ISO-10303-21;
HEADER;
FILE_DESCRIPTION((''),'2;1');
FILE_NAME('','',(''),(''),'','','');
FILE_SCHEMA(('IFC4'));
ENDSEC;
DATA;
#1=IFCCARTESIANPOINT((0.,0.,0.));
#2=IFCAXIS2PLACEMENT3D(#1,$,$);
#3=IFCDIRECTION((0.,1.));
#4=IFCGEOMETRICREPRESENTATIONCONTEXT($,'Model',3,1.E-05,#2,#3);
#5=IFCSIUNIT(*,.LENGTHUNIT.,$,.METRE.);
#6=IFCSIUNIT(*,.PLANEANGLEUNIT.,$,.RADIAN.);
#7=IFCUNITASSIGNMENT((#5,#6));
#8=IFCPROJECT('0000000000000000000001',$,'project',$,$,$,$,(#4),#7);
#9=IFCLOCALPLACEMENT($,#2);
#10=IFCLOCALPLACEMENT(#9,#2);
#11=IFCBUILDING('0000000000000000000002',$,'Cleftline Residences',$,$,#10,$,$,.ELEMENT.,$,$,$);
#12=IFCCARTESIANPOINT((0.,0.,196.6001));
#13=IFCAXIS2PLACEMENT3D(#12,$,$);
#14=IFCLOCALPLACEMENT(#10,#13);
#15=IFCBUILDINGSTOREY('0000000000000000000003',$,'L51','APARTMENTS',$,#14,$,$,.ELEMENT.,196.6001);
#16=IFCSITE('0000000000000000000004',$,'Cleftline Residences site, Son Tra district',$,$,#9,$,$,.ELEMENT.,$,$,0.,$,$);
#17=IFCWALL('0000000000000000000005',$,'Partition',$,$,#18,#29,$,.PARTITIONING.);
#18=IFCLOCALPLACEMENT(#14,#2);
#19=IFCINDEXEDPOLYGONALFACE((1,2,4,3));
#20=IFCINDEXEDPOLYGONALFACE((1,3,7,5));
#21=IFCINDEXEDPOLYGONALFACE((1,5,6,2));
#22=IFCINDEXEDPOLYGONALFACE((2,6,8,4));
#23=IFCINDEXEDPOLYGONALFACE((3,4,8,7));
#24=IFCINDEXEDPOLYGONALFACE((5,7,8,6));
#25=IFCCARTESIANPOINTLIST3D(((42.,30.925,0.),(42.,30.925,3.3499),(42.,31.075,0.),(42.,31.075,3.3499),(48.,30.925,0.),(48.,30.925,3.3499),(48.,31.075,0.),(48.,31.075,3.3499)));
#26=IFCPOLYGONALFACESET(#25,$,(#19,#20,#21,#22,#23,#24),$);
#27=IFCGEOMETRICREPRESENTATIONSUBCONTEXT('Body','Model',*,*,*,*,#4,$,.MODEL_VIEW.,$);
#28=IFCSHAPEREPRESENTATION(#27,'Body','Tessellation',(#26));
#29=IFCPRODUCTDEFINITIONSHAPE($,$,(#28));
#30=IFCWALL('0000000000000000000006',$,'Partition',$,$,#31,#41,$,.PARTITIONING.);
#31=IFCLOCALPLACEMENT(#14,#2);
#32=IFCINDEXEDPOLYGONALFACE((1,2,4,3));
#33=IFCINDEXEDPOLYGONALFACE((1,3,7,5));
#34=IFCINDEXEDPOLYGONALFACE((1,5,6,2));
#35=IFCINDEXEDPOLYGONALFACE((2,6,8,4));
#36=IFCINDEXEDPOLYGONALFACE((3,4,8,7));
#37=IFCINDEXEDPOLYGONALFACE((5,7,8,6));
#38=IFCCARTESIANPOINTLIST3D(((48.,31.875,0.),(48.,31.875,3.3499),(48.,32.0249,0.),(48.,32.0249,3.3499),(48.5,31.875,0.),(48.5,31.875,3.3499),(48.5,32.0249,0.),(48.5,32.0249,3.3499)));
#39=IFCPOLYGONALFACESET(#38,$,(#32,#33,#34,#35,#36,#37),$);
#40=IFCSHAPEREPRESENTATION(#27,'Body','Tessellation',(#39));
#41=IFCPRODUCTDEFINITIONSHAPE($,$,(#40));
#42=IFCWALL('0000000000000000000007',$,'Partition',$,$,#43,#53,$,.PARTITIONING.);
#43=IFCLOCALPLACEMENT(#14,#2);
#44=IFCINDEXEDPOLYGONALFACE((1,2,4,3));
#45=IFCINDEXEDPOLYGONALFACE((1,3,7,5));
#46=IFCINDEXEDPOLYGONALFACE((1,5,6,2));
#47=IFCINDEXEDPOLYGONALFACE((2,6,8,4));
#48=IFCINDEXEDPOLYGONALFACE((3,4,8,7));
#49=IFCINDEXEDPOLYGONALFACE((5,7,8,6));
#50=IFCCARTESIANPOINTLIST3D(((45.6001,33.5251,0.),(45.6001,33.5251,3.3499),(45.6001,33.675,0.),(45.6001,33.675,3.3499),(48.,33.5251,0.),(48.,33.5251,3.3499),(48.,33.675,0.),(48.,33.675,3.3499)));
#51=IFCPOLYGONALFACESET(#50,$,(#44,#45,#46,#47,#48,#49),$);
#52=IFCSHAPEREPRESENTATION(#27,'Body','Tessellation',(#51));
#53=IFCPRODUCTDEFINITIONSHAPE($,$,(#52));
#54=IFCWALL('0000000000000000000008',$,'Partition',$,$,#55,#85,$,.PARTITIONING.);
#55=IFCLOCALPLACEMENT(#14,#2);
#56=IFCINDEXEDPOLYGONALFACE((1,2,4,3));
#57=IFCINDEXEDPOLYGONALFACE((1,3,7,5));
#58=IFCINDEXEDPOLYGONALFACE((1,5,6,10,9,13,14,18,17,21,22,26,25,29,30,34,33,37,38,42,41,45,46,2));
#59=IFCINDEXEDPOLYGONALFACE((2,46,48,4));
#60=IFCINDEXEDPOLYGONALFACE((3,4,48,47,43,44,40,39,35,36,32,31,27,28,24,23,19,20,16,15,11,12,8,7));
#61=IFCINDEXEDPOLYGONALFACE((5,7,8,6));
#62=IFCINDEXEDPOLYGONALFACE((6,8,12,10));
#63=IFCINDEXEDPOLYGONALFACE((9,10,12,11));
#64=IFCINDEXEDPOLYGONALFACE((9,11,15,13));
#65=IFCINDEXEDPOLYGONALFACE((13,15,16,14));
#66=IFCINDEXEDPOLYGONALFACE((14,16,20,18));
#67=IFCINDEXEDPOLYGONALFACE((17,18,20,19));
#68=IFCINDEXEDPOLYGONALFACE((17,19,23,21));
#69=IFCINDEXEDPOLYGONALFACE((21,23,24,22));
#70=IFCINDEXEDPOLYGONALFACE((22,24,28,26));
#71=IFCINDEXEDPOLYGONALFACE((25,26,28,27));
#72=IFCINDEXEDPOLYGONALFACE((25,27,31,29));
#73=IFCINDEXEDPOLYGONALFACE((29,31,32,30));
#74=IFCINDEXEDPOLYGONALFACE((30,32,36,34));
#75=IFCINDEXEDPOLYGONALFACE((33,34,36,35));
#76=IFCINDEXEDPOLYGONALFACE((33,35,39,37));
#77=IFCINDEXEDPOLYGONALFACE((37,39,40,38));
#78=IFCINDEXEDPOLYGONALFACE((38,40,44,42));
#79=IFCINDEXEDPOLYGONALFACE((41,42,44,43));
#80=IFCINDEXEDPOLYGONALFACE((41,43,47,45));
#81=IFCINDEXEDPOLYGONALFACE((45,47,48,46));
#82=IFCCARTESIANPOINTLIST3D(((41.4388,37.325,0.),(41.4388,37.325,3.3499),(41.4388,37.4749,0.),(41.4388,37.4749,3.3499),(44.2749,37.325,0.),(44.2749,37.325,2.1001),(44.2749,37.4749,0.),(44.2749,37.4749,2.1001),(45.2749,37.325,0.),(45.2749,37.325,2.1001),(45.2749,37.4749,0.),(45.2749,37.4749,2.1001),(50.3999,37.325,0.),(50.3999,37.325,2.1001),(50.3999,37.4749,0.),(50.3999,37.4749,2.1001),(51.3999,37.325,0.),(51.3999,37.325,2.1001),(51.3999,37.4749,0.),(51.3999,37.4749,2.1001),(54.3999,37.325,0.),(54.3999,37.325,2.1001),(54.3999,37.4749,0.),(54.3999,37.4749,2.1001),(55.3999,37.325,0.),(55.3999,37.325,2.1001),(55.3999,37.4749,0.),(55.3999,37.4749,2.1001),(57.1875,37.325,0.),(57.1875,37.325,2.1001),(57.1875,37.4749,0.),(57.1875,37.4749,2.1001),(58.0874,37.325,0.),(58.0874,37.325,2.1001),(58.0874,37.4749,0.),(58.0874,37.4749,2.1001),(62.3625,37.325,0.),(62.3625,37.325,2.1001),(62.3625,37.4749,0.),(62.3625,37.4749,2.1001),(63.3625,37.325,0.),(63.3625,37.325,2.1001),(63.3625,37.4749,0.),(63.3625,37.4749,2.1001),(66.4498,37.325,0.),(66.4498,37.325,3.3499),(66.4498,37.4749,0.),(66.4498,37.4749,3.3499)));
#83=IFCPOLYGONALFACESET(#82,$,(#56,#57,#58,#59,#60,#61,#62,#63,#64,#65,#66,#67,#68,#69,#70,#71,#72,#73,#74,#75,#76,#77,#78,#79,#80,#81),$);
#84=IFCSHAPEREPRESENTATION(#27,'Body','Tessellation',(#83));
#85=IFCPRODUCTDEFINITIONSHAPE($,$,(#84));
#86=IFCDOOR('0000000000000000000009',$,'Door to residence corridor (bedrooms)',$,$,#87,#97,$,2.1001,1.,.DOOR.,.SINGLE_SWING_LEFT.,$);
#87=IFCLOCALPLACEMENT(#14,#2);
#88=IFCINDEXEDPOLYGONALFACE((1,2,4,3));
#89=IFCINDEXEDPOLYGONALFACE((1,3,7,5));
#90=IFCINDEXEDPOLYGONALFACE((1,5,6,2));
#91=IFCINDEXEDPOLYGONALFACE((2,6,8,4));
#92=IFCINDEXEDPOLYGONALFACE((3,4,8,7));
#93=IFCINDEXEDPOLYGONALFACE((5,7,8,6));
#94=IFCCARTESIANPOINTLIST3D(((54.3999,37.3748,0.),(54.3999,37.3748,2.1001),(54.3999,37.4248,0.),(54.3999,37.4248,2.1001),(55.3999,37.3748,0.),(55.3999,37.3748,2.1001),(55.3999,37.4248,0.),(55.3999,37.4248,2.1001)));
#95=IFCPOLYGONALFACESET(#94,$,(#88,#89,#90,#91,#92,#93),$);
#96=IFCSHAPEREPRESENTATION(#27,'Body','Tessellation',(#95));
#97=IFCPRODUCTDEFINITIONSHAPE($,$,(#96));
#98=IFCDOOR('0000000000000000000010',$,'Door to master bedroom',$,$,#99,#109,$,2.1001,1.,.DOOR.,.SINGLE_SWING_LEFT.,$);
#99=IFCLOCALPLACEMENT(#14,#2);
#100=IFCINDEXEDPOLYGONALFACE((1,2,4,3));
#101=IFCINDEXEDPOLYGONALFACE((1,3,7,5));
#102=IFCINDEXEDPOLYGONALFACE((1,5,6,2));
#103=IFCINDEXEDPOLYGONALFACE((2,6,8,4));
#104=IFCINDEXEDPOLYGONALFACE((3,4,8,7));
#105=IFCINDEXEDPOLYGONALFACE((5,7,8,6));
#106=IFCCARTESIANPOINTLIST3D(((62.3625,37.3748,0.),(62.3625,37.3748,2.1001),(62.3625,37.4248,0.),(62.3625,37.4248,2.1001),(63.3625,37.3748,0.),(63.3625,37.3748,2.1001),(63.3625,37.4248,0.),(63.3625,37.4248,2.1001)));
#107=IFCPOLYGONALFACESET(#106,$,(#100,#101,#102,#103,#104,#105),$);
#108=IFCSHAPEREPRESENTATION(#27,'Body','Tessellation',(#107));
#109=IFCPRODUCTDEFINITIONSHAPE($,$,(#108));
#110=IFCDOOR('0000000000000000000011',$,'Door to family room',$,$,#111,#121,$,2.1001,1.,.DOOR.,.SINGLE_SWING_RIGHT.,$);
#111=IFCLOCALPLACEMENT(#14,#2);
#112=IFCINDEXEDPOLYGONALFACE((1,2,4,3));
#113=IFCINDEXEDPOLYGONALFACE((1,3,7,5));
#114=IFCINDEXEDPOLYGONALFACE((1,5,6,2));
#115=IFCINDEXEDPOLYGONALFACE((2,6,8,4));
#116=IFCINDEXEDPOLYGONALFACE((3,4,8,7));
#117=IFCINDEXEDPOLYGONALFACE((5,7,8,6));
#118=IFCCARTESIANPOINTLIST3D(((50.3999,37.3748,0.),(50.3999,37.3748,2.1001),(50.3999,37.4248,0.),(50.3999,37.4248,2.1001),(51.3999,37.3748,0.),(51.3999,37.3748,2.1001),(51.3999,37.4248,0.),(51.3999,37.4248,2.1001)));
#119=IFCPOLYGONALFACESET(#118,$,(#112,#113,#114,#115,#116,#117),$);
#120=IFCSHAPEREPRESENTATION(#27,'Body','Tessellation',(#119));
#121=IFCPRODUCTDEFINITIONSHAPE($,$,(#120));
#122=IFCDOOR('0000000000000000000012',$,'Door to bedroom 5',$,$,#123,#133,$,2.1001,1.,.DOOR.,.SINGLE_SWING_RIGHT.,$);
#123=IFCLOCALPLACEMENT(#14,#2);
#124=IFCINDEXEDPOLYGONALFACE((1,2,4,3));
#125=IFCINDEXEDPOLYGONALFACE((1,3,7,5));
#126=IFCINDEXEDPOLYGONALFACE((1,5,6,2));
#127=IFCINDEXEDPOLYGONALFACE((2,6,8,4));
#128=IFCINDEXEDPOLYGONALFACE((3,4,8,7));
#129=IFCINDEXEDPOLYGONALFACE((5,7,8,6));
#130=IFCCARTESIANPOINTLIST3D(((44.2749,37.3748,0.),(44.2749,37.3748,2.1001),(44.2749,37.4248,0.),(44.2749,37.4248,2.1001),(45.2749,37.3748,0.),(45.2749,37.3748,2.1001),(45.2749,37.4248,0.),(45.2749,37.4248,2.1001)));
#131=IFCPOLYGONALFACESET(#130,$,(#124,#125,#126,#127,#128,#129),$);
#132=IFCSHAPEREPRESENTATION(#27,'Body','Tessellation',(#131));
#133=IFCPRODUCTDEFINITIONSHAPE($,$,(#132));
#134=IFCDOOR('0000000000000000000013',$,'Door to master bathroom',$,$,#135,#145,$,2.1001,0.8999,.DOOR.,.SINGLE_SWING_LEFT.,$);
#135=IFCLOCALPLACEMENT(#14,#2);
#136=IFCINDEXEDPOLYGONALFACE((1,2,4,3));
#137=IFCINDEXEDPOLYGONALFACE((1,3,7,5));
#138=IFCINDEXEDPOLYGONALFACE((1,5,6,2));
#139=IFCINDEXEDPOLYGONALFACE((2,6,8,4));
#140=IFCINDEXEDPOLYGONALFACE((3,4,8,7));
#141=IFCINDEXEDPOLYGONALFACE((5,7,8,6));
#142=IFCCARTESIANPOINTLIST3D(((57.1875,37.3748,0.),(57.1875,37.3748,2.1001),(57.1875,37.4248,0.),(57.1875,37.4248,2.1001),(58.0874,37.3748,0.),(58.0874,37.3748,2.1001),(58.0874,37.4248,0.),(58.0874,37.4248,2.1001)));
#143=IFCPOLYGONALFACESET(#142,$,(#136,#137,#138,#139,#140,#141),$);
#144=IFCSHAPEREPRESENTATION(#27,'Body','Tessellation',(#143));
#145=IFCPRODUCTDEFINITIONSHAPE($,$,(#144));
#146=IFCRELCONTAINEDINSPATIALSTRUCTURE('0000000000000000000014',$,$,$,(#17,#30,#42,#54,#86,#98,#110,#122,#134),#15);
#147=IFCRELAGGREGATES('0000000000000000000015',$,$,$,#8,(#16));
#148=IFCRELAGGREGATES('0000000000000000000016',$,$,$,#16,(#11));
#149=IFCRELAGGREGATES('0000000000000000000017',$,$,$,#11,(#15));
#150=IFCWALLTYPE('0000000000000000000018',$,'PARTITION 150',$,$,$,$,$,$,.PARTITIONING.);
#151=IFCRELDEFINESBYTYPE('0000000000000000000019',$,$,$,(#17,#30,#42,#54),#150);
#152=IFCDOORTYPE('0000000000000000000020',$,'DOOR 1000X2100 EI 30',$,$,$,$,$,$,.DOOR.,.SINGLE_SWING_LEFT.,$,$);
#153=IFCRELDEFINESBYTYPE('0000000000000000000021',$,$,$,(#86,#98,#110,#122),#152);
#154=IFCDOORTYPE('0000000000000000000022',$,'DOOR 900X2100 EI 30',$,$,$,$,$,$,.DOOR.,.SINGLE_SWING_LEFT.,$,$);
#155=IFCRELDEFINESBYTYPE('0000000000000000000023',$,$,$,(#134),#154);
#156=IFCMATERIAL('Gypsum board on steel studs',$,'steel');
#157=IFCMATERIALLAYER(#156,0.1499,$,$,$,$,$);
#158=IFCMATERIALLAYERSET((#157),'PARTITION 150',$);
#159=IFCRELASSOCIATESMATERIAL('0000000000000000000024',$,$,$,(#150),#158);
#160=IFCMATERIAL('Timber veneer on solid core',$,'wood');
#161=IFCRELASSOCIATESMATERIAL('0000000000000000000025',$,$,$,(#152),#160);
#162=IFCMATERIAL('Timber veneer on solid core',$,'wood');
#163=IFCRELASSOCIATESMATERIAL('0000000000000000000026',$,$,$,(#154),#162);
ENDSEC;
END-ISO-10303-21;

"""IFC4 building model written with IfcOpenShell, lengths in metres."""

from ifc_helpers import new_model, si_unit, direction, frame, frame_2d, origin, place, context, subcontext, project, spatial, rectangle, extrude, material, layer, layer_set, type_object, element, fill, save


model = new_model("IFC4")

# Units and contexts
model_context = context("Model", 3, precision=1e-05, world=origin(), true_north=direction((0.0, 1.0)))
body_context = subcontext(model_context, "Body", "Model", "MODEL_VIEW")
ifc_project = project(units=[si_unit("LENGTHUNIT", "METRE"), si_unit("PLANEANGLEUNIT", "RADIAN")], contexts=[model_context])

# Site, building, storey
site_placement = place(None, origin())
site = spatial("IfcSite", under=ifc_project, at=site_placement, Name="Cleftline Residences site, Son Tra district", CompositionType="ELEMENT", RefElevation=0.0)
building_placement = place(site_placement, origin())
building = spatial("IfcBuilding", under=site, at=building_placement, Name="Cleftline Residences", CompositionType="ELEMENT")
storey_placement = place(building_placement, frame((0.0, 0.0, 196.6001)))
storey = spatial("IfcBuildingStorey", under=building, at=storey_placement, Name="L51", Description="APARTMENTS", CompositionType="ELEMENT", Elevation=196.6001)

# Shared definitions
ifc_material_1 = material(Name="Gypsum board on steel studs", Category="steel")
ifc_layer_1 = layer(ifc_material_1, 0.1499)
ifc_layer_set_1 = layer_set([ifc_layer_1], Name="PARTITION 150")
wall_type_1 = type_object("IfcWallType", Name="PARTITION 150", PredefinedType="PARTITIONING", material=ifc_layer_set_1)

# Walls
wall_1_placement = place(storey_placement, frame((42.0, 31.0, 0.0), z_axis=(0.0, 0.0, 1.0), x_axis=(1.0, 0.0, 0.0)))
element("IfcWall", 1, at=wall_1_placement, inside=storey, type_object=wall_type_1, Name="Partition", PredefinedType="PARTITIONING", context=body_context, shape_type="SweptSolid", body=[
    extrude(rectangle(XDim=6.0, YDim=0.1499, at=frame_2d((3.0, 0.0))), origin(), (0.0, 0.0, 1.0), 3.3499),
])
wall_2_placement = place(storey_placement, frame((48.0, 31.95, 0.0), z_axis=(0.0, 0.0, 1.0), x_axis=(1.0, 0.0, 0.0)))
element("IfcWall", 2, at=wall_2_placement, inside=storey, type_object=wall_type_1, Name="Partition", PredefinedType="PARTITIONING", context=body_context, shape_type="SweptSolid", body=[
    extrude(rectangle(XDim=0.5, YDim=0.1499, at=frame_2d((0.25, 0.0))), origin(), (0.0, 0.0, 1.0), 3.3499),
])
wall_3_placement = place(storey_placement, frame((45.6001, 33.6001, 0.0), z_axis=(0.0, 0.0, 1.0), x_axis=(1.0, 0.0, 0.0)))
element("IfcWall", 3, at=wall_3_placement, inside=storey, type_object=wall_type_1, Name="Partition", PredefinedType="PARTITIONING", context=body_context, shape_type="SweptSolid", body=[
    extrude(rectangle(XDim=2.3999, YDim=0.1499, at=frame_2d((1.2, 0.0))), origin(), (0.0, 0.0, 1.0), 3.3499),
])

# Wall, openings, doors
wall_4_placement = place(storey_placement, frame((41.439, 37.3999, 0.0), z_axis=(0.0, 0.0, 1.0), x_axis=(1.0, 0.0, 0.0)))
wall_4 = element("IfcWall", 4, at=wall_4_placement, inside=storey, type_object=wall_type_1, Name="Partition", PredefinedType="PARTITIONING", context=body_context, shape_type="SweptSolid", body=[
    extrude(rectangle(XDim=25.011, YDim=0.1499, at=frame_2d((12.5054, 0.0))), origin(), (0.0, 0.0, 1.0), 3.3499),
])
opening_1_placement = place(wall_4_placement, frame((12.9609, 0.0, 0.0)))
opening_1 = element("IfcOpeningElement", 5, at=opening_1_placement, cuts=wall_4, PredefinedType="OPENING", context=body_context, shape_type="SweptSolid", body=[
    extrude(rectangle(XDim=1.0, YDim=2.1001, at=frame_2d((0.5, 1.05))), frame((0.0, 0.085, 0.0), z_axis=(0.0, -1.0, 0.0), x_axis=(1.0, 0.0, 0.0)), (0.0, 0.0, 1.0), 0.1699),
])
opening_2_placement = place(wall_4_placement, frame((20.9236, 0.0, 0.0)))
opening_2 = element("IfcOpeningElement", 6, at=opening_2_placement, cuts=wall_4, PredefinedType="OPENING", context=body_context, shape_type="SweptSolid", body=[
    extrude(rectangle(XDim=1.0, YDim=2.1001, at=frame_2d((0.5, 1.05))), frame((0.0, 0.085, 0.0), z_axis=(0.0, -1.0, 0.0), x_axis=(1.0, 0.0, 0.0)), (0.0, 0.0, 1.0), 0.1699),
])
opening_3_placement = place(wall_4_placement, frame((15.7485, 0.0, 0.0)))
opening_3 = element("IfcOpeningElement", 7, at=opening_3_placement, cuts=wall_4, PredefinedType="OPENING", context=body_context, shape_type="SweptSolid", body=[
    extrude(rectangle(XDim=0.8999, YDim=2.1001, at=frame_2d((0.45, 1.05))), frame((0.0, 0.085, 0.0), z_axis=(0.0, -1.0, 0.0), x_axis=(1.0, 0.0, 0.0)), (0.0, 0.0, 1.0), 0.1699),
])
opening_4_placement = place(wall_4_placement, frame((8.9609, 0.0, 0.0)))
opening_4 = element("IfcOpeningElement", 8, at=opening_4_placement, cuts=wall_4, PredefinedType="OPENING", context=body_context, shape_type="SweptSolid", body=[
    extrude(rectangle(XDim=1.0, YDim=2.1001, at=frame_2d((0.5, 1.05))), frame((0.0, 0.085, 0.0), z_axis=(0.0, -1.0, 0.0), x_axis=(1.0, 0.0, 0.0)), (0.0, 0.0, 1.0), 0.1699),
])
opening_5_placement = place(wall_4_placement, frame((2.8359, 0.0, 0.0)))
opening_5 = element("IfcOpeningElement", 9, at=opening_5_placement, cuts=wall_4, PredefinedType="OPENING", context=body_context, shape_type="SweptSolid", body=[
    extrude(rectangle(XDim=1.0, YDim=2.1001, at=frame_2d((0.5, 1.05))), frame((0.0, 0.085, 0.0), z_axis=(0.0, -1.0, 0.0), x_axis=(1.0, 0.0, 0.0)), (0.0, 0.0, 1.0), 0.1699),
])
ifc_material_2 = material(Name="Timber veneer on solid core", Category="wood")
door_type_1 = type_object("IfcDoorType", Name="DOOR 1000X2100 EI 30", OperationType="SINGLE_SWING_LEFT", PredefinedType="DOOR", material=ifc_material_2)
door_1_placement = place(opening_1_placement, origin())
door_1 = element("IfcDoor", 10, at=door_1_placement, inside=storey, type_object=door_type_1, Name="Door to residence corridor (bedrooms)", OperationType="SINGLE_SWING_LEFT", OverallHeight=2.1001, OverallWidth=1.0, PredefinedType="DOOR", context=body_context, shape_type="SweptSolid", body=[
    extrude(rectangle(XDim=1.0, YDim=2.1001, at=frame_2d((0.5, 1.05))), frame((0.0, 0.0249, 0.0), z_axis=(0.0, -1.0, 0.0), x_axis=(1.0, 0.0, 0.0)), (0.0, 0.0, 1.0), 0.05),
])
fill(opening_1, door_1)
door_2_placement = place(opening_2_placement, origin())
door_2 = element("IfcDoor", 11, at=door_2_placement, inside=storey, type_object=door_type_1, Name="Door to master bedroom", OperationType="SINGLE_SWING_LEFT", OverallHeight=2.1001, OverallWidth=1.0, PredefinedType="DOOR", context=body_context, shape_type="SweptSolid", body=[
    extrude(rectangle(XDim=1.0, YDim=2.1001, at=frame_2d((0.5, 1.05))), frame((0.0, 0.0249, 0.0), z_axis=(0.0, -1.0, 0.0), x_axis=(1.0, 0.0, 0.0)), (0.0, 0.0, 1.0), 0.05),
])
fill(opening_2, door_2)
door_3_placement = place(opening_4_placement, origin())
door_3 = element("IfcDoor", 12, at=door_3_placement, inside=storey, type_object=door_type_1, Name="Door to family room", OperationType="SINGLE_SWING_RIGHT", OverallHeight=2.1001, OverallWidth=1.0, PredefinedType="DOOR", context=body_context, shape_type="SweptSolid", body=[
    extrude(rectangle(XDim=1.0, YDim=2.1001, at=frame_2d((0.5, 1.05))), frame((0.0, 0.0249, 0.0), z_axis=(0.0, -1.0, 0.0), x_axis=(1.0, 0.0, 0.0)), (0.0, 0.0, 1.0), 0.05),
])
fill(opening_4, door_3)
door_4_placement = place(opening_5_placement, origin())
door_4 = element("IfcDoor", 13, at=door_4_placement, inside=storey, type_object=door_type_1, Name="Door to bedroom 5", OperationType="SINGLE_SWING_RIGHT", OverallHeight=2.1001, OverallWidth=1.0, PredefinedType="DOOR", context=body_context, shape_type="SweptSolid", body=[
    extrude(rectangle(XDim=1.0, YDim=2.1001, at=frame_2d((0.5, 1.05))), frame((0.0, 0.0249, 0.0), z_axis=(0.0, -1.0, 0.0), x_axis=(1.0, 0.0, 0.0)), (0.0, 0.0, 1.0), 0.05),
])
fill(opening_5, door_4)
ifc_material_3 = material(Name="Timber veneer on solid core", Category="wood")
door_type_2 = type_object("IfcDoorType", Name="DOOR 900X2100 EI 30", OperationType="SINGLE_SWING_LEFT", PredefinedType="DOOR", material=ifc_material_3)
door_5_placement = place(opening_3_placement, origin())
door_5 = element("IfcDoor", 14, at=door_5_placement, inside=storey, type_object=door_type_2, Name="Door to master bathroom", OperationType="SINGLE_SWING_LEFT", OverallHeight=2.1001, OverallWidth=0.8999, PredefinedType="DOOR", context=body_context, shape_type="SweptSolid", body=[
    extrude(rectangle(XDim=0.8999, YDim=2.1001, at=frame_2d((0.45, 1.05))), frame((0.0, 0.0249, 0.0), z_axis=(0.0, -1.0, 0.0), x_axis=(1.0, 0.0, 0.0)), (0.0, 0.0, 1.0), 0.05),
])
fill(opening_3, door_5)

save(model, "model.ifc")
